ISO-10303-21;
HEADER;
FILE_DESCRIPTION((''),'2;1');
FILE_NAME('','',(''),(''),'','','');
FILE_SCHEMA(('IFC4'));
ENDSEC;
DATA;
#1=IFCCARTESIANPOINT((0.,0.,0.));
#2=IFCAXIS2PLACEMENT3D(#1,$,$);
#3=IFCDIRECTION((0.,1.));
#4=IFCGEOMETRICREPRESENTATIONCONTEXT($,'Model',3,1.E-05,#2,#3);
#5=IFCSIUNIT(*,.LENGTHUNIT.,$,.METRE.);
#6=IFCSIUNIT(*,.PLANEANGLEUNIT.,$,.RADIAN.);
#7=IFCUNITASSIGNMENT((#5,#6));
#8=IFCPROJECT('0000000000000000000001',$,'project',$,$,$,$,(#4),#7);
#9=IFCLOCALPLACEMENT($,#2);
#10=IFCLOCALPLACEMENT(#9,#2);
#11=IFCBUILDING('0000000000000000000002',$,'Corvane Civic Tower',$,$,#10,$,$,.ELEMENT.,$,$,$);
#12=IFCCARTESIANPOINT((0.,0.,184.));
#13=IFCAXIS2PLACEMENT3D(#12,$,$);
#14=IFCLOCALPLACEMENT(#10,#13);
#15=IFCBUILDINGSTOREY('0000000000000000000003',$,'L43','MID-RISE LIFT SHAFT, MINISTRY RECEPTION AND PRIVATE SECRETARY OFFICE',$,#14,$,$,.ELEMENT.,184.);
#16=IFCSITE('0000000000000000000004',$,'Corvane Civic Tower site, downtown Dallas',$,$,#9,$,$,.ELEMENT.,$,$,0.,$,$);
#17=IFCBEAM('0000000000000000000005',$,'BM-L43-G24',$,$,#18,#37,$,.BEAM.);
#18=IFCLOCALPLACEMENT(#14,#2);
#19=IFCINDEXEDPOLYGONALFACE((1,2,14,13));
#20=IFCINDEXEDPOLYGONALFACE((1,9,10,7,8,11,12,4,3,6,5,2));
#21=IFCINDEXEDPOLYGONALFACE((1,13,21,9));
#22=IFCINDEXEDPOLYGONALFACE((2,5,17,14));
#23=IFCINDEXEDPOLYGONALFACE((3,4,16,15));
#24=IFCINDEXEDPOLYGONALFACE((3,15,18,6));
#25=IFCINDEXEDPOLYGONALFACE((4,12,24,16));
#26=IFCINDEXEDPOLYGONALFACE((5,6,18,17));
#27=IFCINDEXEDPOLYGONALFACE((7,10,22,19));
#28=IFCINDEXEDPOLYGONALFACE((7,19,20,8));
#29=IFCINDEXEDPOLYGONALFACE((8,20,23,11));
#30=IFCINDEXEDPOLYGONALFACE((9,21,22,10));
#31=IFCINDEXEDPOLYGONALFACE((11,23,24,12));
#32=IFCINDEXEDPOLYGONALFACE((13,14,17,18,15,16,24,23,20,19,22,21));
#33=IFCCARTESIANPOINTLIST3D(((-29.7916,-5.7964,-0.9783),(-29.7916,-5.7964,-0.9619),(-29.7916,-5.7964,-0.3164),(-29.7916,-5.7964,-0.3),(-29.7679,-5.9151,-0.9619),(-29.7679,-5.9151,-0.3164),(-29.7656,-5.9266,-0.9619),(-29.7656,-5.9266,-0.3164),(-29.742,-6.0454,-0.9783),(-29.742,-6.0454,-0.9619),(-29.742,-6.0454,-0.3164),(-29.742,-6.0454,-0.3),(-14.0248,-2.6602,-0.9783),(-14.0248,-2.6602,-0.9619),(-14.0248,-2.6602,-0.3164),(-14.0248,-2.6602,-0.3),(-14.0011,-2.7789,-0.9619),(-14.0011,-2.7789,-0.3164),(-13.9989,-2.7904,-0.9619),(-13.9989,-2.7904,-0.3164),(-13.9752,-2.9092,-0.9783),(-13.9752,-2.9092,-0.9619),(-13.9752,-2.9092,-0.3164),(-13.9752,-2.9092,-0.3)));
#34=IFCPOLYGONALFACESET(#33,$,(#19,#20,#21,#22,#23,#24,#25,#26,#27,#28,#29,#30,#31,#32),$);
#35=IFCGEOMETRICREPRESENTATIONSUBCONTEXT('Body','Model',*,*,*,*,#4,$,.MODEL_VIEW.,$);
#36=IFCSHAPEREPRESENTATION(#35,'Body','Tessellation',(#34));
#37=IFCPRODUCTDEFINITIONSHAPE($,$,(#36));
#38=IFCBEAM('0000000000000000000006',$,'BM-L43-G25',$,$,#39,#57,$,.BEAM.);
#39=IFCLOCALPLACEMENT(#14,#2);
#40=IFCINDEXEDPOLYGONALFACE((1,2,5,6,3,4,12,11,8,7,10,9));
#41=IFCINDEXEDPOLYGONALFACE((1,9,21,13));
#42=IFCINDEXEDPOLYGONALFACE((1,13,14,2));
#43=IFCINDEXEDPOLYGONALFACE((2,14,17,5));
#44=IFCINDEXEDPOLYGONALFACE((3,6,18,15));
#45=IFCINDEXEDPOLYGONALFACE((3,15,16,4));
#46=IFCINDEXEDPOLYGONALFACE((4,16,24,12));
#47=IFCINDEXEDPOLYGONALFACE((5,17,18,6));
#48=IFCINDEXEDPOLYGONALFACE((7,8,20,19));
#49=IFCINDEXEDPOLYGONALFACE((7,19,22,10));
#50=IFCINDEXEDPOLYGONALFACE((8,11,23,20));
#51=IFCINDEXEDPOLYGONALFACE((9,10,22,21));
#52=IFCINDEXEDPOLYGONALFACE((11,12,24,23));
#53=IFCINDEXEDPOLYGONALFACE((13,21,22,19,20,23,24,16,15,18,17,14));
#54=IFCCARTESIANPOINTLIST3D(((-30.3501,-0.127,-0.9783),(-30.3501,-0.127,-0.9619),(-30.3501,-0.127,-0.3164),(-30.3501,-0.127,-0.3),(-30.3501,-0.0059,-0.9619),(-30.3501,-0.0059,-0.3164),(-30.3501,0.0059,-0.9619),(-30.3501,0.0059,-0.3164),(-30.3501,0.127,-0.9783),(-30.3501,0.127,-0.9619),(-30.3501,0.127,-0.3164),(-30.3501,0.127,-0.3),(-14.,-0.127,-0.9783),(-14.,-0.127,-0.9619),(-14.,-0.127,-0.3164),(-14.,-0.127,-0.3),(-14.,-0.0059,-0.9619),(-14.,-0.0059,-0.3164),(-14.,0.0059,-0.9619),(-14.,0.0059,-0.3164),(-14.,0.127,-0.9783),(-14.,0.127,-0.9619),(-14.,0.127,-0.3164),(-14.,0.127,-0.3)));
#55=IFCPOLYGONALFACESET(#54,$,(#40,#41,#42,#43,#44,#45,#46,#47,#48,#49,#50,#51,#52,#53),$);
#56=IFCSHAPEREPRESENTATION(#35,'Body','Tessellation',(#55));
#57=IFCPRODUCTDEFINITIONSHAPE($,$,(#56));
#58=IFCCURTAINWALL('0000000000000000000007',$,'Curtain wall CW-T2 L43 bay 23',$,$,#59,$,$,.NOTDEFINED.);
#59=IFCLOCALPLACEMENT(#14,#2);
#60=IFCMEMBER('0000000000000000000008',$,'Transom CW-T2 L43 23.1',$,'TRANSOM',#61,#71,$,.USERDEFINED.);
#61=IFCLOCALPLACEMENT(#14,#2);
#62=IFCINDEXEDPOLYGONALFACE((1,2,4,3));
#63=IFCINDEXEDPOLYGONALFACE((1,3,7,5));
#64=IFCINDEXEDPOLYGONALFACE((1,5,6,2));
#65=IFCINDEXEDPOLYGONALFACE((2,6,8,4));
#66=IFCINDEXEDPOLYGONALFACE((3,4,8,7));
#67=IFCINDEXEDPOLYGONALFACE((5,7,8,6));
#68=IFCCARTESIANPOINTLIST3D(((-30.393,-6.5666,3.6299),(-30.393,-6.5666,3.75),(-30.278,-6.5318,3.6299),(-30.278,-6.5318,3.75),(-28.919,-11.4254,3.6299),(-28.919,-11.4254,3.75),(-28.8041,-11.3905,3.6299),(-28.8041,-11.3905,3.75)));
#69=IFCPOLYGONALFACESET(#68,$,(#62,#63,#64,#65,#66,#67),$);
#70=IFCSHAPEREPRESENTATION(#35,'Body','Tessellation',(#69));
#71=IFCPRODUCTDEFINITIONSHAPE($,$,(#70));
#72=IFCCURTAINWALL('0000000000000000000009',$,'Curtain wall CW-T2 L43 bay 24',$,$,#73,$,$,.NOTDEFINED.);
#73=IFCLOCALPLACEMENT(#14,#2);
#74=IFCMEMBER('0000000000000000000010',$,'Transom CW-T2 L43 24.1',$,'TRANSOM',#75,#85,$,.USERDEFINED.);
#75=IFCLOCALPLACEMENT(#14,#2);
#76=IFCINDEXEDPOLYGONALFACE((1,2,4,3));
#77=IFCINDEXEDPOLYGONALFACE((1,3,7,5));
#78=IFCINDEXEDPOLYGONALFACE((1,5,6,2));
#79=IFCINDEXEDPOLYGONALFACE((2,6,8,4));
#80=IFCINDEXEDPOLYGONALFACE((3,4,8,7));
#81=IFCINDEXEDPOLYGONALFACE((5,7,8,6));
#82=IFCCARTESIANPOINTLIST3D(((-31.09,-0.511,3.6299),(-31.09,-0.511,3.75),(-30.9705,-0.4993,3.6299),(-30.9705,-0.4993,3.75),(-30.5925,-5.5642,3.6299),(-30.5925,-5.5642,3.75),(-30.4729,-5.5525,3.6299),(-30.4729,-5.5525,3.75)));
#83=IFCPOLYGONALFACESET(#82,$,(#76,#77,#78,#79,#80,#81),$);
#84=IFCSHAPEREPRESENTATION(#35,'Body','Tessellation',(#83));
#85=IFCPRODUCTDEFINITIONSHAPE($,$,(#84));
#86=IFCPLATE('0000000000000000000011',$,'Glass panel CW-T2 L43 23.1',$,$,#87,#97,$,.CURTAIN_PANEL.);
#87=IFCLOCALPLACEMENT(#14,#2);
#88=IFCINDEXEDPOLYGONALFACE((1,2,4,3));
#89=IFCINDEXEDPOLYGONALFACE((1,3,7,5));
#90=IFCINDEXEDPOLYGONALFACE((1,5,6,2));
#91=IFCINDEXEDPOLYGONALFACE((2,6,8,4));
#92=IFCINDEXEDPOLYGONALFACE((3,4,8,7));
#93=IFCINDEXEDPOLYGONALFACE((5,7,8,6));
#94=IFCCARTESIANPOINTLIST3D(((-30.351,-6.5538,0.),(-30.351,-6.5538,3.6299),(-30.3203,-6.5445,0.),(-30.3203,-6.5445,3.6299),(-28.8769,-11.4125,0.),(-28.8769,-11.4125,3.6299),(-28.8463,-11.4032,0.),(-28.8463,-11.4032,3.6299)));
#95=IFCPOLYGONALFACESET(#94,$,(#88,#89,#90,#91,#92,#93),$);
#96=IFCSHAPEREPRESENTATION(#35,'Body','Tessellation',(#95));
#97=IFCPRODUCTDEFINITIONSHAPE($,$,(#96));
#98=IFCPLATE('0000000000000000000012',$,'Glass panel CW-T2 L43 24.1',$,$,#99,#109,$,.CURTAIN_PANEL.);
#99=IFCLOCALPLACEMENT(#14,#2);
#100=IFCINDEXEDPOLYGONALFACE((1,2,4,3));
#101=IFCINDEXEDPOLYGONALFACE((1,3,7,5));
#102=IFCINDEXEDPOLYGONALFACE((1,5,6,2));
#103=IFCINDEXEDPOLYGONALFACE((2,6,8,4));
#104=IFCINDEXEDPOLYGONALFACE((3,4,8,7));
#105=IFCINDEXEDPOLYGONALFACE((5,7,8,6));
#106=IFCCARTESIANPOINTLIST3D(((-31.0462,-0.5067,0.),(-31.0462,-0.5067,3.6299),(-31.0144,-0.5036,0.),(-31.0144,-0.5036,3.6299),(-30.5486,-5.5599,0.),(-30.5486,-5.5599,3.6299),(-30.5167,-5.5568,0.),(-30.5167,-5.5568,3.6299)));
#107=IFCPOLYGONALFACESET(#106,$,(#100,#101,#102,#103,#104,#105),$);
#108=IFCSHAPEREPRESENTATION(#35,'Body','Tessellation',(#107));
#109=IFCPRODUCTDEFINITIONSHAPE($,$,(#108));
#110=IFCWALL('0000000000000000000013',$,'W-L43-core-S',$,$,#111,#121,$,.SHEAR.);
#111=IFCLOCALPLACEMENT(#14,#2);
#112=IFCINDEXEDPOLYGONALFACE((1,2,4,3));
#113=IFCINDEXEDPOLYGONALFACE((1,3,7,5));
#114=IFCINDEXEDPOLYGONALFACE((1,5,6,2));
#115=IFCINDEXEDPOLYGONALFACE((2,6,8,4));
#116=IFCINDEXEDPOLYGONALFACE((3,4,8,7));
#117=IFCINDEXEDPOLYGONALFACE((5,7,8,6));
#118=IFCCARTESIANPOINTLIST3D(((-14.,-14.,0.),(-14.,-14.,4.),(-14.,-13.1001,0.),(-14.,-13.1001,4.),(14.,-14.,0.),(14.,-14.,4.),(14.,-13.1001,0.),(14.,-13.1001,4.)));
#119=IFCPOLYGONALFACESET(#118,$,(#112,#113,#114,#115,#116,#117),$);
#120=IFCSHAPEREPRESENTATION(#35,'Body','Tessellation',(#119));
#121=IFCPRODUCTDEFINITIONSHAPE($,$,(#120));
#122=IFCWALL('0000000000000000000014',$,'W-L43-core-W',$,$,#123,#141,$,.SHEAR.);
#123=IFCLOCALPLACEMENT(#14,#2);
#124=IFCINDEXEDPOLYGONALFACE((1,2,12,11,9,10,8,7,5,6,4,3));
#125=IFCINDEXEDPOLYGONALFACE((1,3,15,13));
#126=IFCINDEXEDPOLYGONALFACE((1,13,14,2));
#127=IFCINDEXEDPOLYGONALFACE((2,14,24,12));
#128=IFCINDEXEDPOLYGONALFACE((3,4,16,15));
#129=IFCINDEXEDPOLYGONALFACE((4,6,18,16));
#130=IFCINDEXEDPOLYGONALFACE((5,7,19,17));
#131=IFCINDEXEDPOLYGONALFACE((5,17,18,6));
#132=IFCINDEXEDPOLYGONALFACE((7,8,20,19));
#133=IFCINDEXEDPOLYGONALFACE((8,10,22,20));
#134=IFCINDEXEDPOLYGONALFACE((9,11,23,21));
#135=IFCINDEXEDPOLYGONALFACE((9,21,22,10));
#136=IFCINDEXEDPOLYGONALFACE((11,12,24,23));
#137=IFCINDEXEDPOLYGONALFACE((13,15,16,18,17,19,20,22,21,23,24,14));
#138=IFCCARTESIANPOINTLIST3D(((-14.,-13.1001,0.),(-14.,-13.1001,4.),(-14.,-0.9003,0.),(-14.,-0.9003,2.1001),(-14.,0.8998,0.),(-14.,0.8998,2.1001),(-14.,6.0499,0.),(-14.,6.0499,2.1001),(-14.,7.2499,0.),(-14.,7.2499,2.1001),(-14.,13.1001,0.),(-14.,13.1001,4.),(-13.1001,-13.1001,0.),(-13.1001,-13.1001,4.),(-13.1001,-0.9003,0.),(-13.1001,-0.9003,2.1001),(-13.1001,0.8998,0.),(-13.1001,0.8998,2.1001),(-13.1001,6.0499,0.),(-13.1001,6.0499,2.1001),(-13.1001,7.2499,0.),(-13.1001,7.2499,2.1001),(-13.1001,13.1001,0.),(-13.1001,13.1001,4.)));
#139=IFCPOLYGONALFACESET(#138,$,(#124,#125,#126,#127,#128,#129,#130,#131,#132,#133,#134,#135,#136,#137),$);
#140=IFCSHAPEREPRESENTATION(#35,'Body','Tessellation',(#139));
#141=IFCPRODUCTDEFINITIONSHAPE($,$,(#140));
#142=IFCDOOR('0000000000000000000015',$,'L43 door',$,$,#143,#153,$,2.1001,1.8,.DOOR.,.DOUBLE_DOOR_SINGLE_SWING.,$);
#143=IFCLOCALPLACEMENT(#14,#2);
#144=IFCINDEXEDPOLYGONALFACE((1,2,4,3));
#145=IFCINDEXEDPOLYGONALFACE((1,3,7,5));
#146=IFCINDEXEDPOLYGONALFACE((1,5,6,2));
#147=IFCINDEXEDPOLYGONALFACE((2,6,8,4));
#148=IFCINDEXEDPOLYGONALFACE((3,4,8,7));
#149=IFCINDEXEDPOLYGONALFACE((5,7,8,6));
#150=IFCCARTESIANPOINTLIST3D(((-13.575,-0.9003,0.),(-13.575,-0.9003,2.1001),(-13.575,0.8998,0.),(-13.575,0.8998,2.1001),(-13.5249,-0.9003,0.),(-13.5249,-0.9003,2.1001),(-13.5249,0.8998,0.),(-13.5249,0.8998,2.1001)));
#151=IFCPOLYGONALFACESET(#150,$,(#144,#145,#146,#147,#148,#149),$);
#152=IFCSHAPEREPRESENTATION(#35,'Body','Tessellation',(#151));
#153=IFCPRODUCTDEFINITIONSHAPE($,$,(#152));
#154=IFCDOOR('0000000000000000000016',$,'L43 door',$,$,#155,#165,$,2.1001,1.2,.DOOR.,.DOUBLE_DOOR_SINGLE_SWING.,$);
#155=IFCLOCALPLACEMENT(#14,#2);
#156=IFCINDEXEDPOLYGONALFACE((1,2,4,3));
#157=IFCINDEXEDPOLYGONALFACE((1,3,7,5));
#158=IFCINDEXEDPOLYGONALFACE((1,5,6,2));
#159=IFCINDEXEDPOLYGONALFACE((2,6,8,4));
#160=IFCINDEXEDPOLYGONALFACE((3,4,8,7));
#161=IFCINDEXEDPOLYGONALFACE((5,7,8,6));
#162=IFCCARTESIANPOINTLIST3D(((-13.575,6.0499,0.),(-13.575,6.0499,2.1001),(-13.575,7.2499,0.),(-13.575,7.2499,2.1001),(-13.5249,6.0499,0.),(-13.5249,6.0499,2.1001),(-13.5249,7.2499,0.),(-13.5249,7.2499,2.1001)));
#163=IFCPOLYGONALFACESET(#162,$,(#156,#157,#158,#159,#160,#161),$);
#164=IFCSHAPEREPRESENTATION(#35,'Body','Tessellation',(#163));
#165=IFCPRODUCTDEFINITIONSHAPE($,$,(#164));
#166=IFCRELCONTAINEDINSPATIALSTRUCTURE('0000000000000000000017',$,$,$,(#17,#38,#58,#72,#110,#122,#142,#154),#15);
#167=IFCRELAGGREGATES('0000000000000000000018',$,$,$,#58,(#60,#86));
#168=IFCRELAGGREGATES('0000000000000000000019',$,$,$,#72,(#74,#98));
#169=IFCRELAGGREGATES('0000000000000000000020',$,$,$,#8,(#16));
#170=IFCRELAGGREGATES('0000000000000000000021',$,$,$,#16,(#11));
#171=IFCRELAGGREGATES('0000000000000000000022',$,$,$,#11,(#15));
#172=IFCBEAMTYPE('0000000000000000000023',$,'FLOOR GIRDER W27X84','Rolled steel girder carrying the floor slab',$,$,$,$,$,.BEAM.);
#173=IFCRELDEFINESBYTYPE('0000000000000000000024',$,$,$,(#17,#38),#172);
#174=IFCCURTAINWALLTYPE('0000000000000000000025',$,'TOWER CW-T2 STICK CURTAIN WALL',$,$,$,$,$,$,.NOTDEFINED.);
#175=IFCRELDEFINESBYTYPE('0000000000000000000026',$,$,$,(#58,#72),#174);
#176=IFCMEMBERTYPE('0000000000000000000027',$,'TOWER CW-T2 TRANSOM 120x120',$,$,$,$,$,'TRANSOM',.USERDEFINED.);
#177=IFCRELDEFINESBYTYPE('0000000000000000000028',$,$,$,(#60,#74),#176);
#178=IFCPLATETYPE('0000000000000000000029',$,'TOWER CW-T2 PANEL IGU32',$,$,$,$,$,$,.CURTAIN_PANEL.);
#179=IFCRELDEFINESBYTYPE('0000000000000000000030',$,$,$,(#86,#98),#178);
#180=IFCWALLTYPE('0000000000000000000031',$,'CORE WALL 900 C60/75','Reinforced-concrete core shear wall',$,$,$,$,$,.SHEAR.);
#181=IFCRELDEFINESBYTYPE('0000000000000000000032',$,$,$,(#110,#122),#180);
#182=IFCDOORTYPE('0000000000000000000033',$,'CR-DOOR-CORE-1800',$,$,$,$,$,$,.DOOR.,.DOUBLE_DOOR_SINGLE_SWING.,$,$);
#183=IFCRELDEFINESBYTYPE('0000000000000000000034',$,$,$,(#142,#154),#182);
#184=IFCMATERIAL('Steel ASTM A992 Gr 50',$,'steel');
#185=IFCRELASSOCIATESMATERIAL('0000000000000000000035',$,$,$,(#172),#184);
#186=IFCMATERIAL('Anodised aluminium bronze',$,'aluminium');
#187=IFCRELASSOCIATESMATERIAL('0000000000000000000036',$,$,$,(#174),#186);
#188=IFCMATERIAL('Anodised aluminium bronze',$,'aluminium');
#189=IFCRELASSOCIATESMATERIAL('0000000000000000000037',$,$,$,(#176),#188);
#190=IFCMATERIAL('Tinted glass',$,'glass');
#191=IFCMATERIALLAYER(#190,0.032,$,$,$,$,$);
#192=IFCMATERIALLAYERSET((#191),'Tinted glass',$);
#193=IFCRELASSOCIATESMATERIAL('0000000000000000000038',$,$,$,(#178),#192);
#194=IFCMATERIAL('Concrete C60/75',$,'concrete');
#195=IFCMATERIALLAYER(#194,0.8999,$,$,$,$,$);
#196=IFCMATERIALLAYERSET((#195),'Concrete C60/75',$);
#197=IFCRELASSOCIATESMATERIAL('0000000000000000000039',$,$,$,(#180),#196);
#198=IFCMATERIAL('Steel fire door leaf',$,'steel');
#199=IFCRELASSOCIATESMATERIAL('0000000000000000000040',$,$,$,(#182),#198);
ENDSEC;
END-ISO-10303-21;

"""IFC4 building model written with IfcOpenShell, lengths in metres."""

from ifc_helpers import new_model, si_unit, direction, frame, frame_2d, origin, origin_2d, place, context, subcontext, project, spatial, rectangle, i_section, extrude, material, layer, layer_set, material_profile, profile_set, type_object, element, fill, aggregate, save


model = new_model("IFC4")

# Units and contexts
model_context = context("Model", 3, precision=1e-05, world=origin(), true_north=direction((0.0, 1.0)))
body_context = subcontext(model_context, "Body", "Model", "MODEL_VIEW")
ifc_project = project(units=[si_unit("LENGTHUNIT", "METRE"), si_unit("PLANEANGLEUNIT", "RADIAN")], contexts=[model_context])

# Site, building, storey
site_placement = place(None, origin())
site = spatial("IfcSite", under=ifc_project, at=site_placement, Name="Corvane Civic Tower site, downtown Dallas", CompositionType="ELEMENT", RefElevation=0.0)
building_placement = place(site_placement, origin())
building = spatial("IfcBuilding", under=site, at=building_placement, Name="Corvane Civic Tower", CompositionType="ELEMENT")
storey_placement = place(building_placement, frame((0.0, 0.0, 184.0)))
storey = spatial("IfcBuildingStorey", under=building, at=storey_placement, Name="L43", Description="MID-RISE LIFT SHAFT, MINISTRY RECEPTION AND PRIVATE SECRETARY OFFICE", CompositionType="ELEMENT", Elevation=184.0)

# Beams
ifc_material_1 = material(Name="Steel ASTM A992 Gr 50", Category="steel")
ifc_material_profile_1 = material_profile(ifc_material_1, i_section(OverallWidth=0.2539, OverallDepth=0.6782, WebThickness=0.0117, FlangeThickness=0.0164, at=origin_2d()), Name="W27X84")
ifc_profile_set_1 = profile_set([ifc_material_profile_1], Name="Steel ASTM A992 Gr 50")
beam_type_1 = type_object("IfcBeamType", Name="FLOOR GIRDER W27X84", Description="Rolled steel girder carrying the floor slab", PredefinedType="BEAM", material=ifc_profile_set_1)
beam_1_placement = place(storey_placement, frame((-14.0, -2.7847, -0.6392), z_axis=(-0.980785, -0.195091, 0.0), x_axis=(0.195091, -0.980785, 0.0)))
element("IfcBeam", 1, at=beam_1_placement, inside=storey, type_object=beam_type_1, Name="BM-L43-G24", PredefinedType="BEAM", context=body_context, shape_type="SweptSolid", body=[
    extrude(i_section(OverallWidth=0.2539, OverallDepth=0.6782, WebThickness=0.0117, FlangeThickness=0.0164, at=origin_2d()), origin(), (0.0, 0.0, 1.0), 16.0757),
])
beam_2_placement = place(storey_placement, frame((-14.0, 0.0, -0.6392), z_axis=(-1.0, 0.0, 0.0), x_axis=(0.0, -1.0, 0.0)))
element("IfcBeam", 2, at=beam_2_placement, inside=storey, type_object=beam_type_1, Name="BM-L43-G25", PredefinedType="BEAM", context=body_context, shape_type="SweptSolid", body=[
    extrude(i_section(OverallWidth=0.2539, OverallDepth=0.6782, WebThickness=0.0117, FlangeThickness=0.0164, at=origin_2d()), origin(), (0.0, 0.0, 1.0), 16.3501),
])

# Curtain walls, members
ifc_material_2 = material(Name="Anodised aluminium bronze", Category="aluminium")
curtain_wall_type = type_object("IfcCurtainWallType", Name="TOWER CW-T2 STICK CURTAIN WALL", PredefinedType="NOTDEFINED", material=ifc_material_2)
curtain_wall_1_placement = place(storey_placement, origin())
curtain_wall_1 = element("IfcCurtainWall", 3, at=curtain_wall_1_placement, inside=storey, type_object=curtain_wall_type, Name="Curtain wall CW-T2 L43 bay 23", PredefinedType="NOTDEFINED")
ifc_material_3 = material(Name="Anodised aluminium bronze", Category="aluminium")
ifc_material_profile_2 = material_profile(ifc_material_3, rectangle(XDim=0.1201, YDim=0.1201, at=origin_2d()), Name="TOWER CW-T2 TRANSOM 120x120")
ifc_profile_set_2 = profile_set([ifc_material_profile_2], Name="Anodised aluminium bronze")
member_type = type_object("IfcMemberType", Name="TOWER CW-T2 TRANSOM 120x120", ElementType="TRANSOM", PredefinedType="USERDEFINED", material=ifc_profile_set_2)
member_1_placement = place(storey_placement, frame((-28.8616, -11.408, 3.6899), z_axis=(-0.290289, 0.956939, 0.0), x_axis=(-0.956939, -0.290289, 0.0)))
member_1 = element("IfcMember", 4, at=member_1_placement, type_object=member_type, Name="Transom CW-T2 L43 23.1", ObjectType="TRANSOM", PredefinedType="USERDEFINED", context=body_context, shape_type="SweptSolid", body=[
    extrude(rectangle(XDim=0.1201, YDim=0.1201, at=origin_2d()), origin(), (0.0, 0.0, 1.0), 5.0774),
])
curtain_wall_2_placement = place(storey_placement, origin())
curtain_wall_2 = element("IfcCurtainWall", 5, at=curtain_wall_2_placement, inside=storey, type_object=curtain_wall_type, Name="Curtain wall CW-T2 L43 bay 24", PredefinedType="NOTDEFINED")
member_2_placement = place(storey_placement, frame((-30.5327, -5.5583, 3.6899), z_axis=(-0.09799, 0.995187, 0.0), x_axis=(-0.995187, -0.09799, 0.0)))
member_2 = element("IfcMember", 6, at=member_2_placement, type_object=member_type, Name="Transom CW-T2 L43 24.1", ObjectType="TRANSOM", PredefinedType="USERDEFINED", context=body_context, shape_type="SweptSolid", body=[
    extrude(rectangle(XDim=0.1201, YDim=0.1201, at=origin_2d()), origin(), (0.0, 0.0, 1.0), 5.0776),
])

# Plates
ifc_material_4 = material(Name="Tinted glass", Category="glass")
ifc_layer_1 = layer(ifc_material_4, 0.032)
ifc_layer_set_1 = layer_set([ifc_layer_1], Name="Tinted glass")
plate_type = type_object("IfcPlateType", Name="TOWER CW-T2 PANEL IGU32", PredefinedType="CURTAIN_PANEL", material=ifc_layer_set_1)
plate_1_placement = place(storey_placement, frame((-29.5986, -8.9785, 0.0), z_axis=(0.0, 0.0, 1.0), x_axis=(-0.290313, 0.956932, 0.0)))
plate_1 = element("IfcPlate", 7, at=plate_1_placement, type_object=plate_type, Name="Glass panel CW-T2 L43 23.1", PredefinedType="CURTAIN_PANEL", context=body_context, shape_type="SweptSolid", body=[
    extrude(rectangle(XDim=5.0774, YDim=0.032, at=origin_2d()), origin(), (0.0, 0.0, 1.0), 3.6299),
])
aggregate(curtain_wall_1, [member_1, plate_1])
plate_2_placement = place(storey_placement, frame((-30.7815, -3.0317, 0.0), z_axis=(0.0, 0.0, 1.0), x_axis=(-0.098012, 0.995185, 0.0)))
plate_2 = element("IfcPlate", 8, at=plate_2_placement, type_object=plate_type, Name="Glass panel CW-T2 L43 24.1", PredefinedType="CURTAIN_PANEL", context=body_context, shape_type="SweptSolid", body=[
    extrude(rectangle(XDim=5.0776, YDim=0.032, at=origin_2d()), origin(), (0.0, 0.0, 1.0), 3.6299),
])
aggregate(curtain_wall_2, [member_2, plate_2])

# Wall
ifc_material_5 = material(Name="Concrete C60/75", Category="concrete")
ifc_layer_2 = layer(ifc_material_5, 0.8999)
ifc_layer_set_2 = layer_set([ifc_layer_2], Name="Concrete C60/75")
wall_type_1 = type_object("IfcWallType", Name="CORE WALL 900 C60/75", Description="Reinforced-concrete core shear wall", PredefinedType="SHEAR", material=ifc_layer_set_2)
wall_1_placement = place(storey_placement, frame((-14.0, -13.55, 0.0), z_axis=(0.0, 0.0, 1.0), x_axis=(1.0, 0.0, 0.0)))
element("IfcWall", 9, at=wall_1_placement, inside=storey, type_object=wall_type_1, Name="W-L43-core-S", PredefinedType="SHEAR", context=body_context, shape_type="SweptSolid", body=[
    extrude(rectangle(XDim=28.0, YDim=0.8999, at=frame_2d((14.0, 0.0))), origin(), (0.0, 0.0, 1.0), 4.0),
])

# Wall, openings, doors
wall_2_placement = place(storey_placement, frame((-13.55, -13.1001, 0.0), z_axis=(0.0, 0.0, 1.0), x_axis=(0.0, 1.0, 0.0)))
wall_2 = element("IfcWall", 10, at=wall_2_placement, inside=storey, type_object=wall_type_1, Name="W-L43-core-W", PredefinedType="SHEAR", context=body_context, shape_type="SweptSolid", body=[
    extrude(rectangle(XDim=26.2002, YDim=0.8999, at=frame_2d((13.1001, 0.0))), origin(), (0.0, 0.0, 1.0), 4.0),
])
opening_1_placement = place(wall_2_placement, frame((12.2, 0.0, 0.0)))
opening_1 = element("IfcOpeningElement", 11, at=opening_1_placement, cuts=wall_2, PredefinedType="OPENING", context=body_context, shape_type="SweptSolid", body=[
    extrude(rectangle(XDim=1.8, YDim=2.1001, at=frame_2d((0.8999, 1.05))), frame((0.0, 0.46, 0.0), z_axis=(0.0, -1.0, 0.0), x_axis=(1.0, 0.0, 0.0)), (0.0, 0.0, 1.0), 0.9199),
])
opening_2_placement = place(wall_2_placement, frame((19.1499, 0.0, 0.0)))
opening_2 = element("IfcOpeningElement", 12, at=opening_2_placement, cuts=wall_2, PredefinedType="OPENING", context=body_context, shape_type="SweptSolid", body=[
    extrude(rectangle(XDim=1.2, YDim=2.1001, at=frame_2d((0.6001, 1.05))), frame((0.0, 0.46, 0.0), z_axis=(0.0, -1.0, 0.0), x_axis=(1.0, 0.0, 0.0)), (0.0, 0.0, 1.0), 0.9199),
])
ifc_material_6 = material(Name="Steel fire door leaf", Category="steel")
door_type_1 = type_object("IfcDoorType", Name="CR-DOOR-CORE-1800", OperationType="DOUBLE_DOOR_SINGLE_SWING", PredefinedType="DOOR", material=ifc_material_6)
door_1_placement = place(opening_1_placement, origin())
door_1 = element("IfcDoor", 13, at=door_1_placement, inside=storey, type_object=door_type_1, Name="L43 door", OperationType="DOUBLE_DOOR_SINGLE_SWING", OverallHeight=2.1001, OverallWidth=1.8, PredefinedType="DOOR", context=body_context, shape_type="SweptSolid", body=[
    extrude(rectangle(XDim=1.8, YDim=2.1001, at=frame_2d((0.8999, 1.05))), frame((0.0, 0.0249, 0.0), z_axis=(0.0, -1.0, 0.0), x_axis=(1.0, 0.0, 0.0)), (0.0, 0.0, 1.0), 0.05),
])
fill(opening_1, door_1)
door_2_placement = place(opening_2_placement, origin())
door_2 = element("IfcDoor", 14, at=door_2_placement, inside=storey, type_object=door_type_1, Name="L43 door", OperationType="DOUBLE_DOOR_SINGLE_SWING", OverallHeight=2.1001, OverallWidth=1.2, PredefinedType="DOOR", context=body_context, shape_type="SweptSolid", body=[
    extrude(rectangle(XDim=1.2, YDim=2.1001, at=frame_2d((0.6001, 1.05))), frame((0.0, 0.0249, 0.0), z_axis=(0.0, -1.0, 0.0), x_axis=(1.0, 0.0, 0.0)), (0.0, 0.0, 1.0), 0.05),
])
fill(opening_2, door_2)

save(model, "model.ifc")
